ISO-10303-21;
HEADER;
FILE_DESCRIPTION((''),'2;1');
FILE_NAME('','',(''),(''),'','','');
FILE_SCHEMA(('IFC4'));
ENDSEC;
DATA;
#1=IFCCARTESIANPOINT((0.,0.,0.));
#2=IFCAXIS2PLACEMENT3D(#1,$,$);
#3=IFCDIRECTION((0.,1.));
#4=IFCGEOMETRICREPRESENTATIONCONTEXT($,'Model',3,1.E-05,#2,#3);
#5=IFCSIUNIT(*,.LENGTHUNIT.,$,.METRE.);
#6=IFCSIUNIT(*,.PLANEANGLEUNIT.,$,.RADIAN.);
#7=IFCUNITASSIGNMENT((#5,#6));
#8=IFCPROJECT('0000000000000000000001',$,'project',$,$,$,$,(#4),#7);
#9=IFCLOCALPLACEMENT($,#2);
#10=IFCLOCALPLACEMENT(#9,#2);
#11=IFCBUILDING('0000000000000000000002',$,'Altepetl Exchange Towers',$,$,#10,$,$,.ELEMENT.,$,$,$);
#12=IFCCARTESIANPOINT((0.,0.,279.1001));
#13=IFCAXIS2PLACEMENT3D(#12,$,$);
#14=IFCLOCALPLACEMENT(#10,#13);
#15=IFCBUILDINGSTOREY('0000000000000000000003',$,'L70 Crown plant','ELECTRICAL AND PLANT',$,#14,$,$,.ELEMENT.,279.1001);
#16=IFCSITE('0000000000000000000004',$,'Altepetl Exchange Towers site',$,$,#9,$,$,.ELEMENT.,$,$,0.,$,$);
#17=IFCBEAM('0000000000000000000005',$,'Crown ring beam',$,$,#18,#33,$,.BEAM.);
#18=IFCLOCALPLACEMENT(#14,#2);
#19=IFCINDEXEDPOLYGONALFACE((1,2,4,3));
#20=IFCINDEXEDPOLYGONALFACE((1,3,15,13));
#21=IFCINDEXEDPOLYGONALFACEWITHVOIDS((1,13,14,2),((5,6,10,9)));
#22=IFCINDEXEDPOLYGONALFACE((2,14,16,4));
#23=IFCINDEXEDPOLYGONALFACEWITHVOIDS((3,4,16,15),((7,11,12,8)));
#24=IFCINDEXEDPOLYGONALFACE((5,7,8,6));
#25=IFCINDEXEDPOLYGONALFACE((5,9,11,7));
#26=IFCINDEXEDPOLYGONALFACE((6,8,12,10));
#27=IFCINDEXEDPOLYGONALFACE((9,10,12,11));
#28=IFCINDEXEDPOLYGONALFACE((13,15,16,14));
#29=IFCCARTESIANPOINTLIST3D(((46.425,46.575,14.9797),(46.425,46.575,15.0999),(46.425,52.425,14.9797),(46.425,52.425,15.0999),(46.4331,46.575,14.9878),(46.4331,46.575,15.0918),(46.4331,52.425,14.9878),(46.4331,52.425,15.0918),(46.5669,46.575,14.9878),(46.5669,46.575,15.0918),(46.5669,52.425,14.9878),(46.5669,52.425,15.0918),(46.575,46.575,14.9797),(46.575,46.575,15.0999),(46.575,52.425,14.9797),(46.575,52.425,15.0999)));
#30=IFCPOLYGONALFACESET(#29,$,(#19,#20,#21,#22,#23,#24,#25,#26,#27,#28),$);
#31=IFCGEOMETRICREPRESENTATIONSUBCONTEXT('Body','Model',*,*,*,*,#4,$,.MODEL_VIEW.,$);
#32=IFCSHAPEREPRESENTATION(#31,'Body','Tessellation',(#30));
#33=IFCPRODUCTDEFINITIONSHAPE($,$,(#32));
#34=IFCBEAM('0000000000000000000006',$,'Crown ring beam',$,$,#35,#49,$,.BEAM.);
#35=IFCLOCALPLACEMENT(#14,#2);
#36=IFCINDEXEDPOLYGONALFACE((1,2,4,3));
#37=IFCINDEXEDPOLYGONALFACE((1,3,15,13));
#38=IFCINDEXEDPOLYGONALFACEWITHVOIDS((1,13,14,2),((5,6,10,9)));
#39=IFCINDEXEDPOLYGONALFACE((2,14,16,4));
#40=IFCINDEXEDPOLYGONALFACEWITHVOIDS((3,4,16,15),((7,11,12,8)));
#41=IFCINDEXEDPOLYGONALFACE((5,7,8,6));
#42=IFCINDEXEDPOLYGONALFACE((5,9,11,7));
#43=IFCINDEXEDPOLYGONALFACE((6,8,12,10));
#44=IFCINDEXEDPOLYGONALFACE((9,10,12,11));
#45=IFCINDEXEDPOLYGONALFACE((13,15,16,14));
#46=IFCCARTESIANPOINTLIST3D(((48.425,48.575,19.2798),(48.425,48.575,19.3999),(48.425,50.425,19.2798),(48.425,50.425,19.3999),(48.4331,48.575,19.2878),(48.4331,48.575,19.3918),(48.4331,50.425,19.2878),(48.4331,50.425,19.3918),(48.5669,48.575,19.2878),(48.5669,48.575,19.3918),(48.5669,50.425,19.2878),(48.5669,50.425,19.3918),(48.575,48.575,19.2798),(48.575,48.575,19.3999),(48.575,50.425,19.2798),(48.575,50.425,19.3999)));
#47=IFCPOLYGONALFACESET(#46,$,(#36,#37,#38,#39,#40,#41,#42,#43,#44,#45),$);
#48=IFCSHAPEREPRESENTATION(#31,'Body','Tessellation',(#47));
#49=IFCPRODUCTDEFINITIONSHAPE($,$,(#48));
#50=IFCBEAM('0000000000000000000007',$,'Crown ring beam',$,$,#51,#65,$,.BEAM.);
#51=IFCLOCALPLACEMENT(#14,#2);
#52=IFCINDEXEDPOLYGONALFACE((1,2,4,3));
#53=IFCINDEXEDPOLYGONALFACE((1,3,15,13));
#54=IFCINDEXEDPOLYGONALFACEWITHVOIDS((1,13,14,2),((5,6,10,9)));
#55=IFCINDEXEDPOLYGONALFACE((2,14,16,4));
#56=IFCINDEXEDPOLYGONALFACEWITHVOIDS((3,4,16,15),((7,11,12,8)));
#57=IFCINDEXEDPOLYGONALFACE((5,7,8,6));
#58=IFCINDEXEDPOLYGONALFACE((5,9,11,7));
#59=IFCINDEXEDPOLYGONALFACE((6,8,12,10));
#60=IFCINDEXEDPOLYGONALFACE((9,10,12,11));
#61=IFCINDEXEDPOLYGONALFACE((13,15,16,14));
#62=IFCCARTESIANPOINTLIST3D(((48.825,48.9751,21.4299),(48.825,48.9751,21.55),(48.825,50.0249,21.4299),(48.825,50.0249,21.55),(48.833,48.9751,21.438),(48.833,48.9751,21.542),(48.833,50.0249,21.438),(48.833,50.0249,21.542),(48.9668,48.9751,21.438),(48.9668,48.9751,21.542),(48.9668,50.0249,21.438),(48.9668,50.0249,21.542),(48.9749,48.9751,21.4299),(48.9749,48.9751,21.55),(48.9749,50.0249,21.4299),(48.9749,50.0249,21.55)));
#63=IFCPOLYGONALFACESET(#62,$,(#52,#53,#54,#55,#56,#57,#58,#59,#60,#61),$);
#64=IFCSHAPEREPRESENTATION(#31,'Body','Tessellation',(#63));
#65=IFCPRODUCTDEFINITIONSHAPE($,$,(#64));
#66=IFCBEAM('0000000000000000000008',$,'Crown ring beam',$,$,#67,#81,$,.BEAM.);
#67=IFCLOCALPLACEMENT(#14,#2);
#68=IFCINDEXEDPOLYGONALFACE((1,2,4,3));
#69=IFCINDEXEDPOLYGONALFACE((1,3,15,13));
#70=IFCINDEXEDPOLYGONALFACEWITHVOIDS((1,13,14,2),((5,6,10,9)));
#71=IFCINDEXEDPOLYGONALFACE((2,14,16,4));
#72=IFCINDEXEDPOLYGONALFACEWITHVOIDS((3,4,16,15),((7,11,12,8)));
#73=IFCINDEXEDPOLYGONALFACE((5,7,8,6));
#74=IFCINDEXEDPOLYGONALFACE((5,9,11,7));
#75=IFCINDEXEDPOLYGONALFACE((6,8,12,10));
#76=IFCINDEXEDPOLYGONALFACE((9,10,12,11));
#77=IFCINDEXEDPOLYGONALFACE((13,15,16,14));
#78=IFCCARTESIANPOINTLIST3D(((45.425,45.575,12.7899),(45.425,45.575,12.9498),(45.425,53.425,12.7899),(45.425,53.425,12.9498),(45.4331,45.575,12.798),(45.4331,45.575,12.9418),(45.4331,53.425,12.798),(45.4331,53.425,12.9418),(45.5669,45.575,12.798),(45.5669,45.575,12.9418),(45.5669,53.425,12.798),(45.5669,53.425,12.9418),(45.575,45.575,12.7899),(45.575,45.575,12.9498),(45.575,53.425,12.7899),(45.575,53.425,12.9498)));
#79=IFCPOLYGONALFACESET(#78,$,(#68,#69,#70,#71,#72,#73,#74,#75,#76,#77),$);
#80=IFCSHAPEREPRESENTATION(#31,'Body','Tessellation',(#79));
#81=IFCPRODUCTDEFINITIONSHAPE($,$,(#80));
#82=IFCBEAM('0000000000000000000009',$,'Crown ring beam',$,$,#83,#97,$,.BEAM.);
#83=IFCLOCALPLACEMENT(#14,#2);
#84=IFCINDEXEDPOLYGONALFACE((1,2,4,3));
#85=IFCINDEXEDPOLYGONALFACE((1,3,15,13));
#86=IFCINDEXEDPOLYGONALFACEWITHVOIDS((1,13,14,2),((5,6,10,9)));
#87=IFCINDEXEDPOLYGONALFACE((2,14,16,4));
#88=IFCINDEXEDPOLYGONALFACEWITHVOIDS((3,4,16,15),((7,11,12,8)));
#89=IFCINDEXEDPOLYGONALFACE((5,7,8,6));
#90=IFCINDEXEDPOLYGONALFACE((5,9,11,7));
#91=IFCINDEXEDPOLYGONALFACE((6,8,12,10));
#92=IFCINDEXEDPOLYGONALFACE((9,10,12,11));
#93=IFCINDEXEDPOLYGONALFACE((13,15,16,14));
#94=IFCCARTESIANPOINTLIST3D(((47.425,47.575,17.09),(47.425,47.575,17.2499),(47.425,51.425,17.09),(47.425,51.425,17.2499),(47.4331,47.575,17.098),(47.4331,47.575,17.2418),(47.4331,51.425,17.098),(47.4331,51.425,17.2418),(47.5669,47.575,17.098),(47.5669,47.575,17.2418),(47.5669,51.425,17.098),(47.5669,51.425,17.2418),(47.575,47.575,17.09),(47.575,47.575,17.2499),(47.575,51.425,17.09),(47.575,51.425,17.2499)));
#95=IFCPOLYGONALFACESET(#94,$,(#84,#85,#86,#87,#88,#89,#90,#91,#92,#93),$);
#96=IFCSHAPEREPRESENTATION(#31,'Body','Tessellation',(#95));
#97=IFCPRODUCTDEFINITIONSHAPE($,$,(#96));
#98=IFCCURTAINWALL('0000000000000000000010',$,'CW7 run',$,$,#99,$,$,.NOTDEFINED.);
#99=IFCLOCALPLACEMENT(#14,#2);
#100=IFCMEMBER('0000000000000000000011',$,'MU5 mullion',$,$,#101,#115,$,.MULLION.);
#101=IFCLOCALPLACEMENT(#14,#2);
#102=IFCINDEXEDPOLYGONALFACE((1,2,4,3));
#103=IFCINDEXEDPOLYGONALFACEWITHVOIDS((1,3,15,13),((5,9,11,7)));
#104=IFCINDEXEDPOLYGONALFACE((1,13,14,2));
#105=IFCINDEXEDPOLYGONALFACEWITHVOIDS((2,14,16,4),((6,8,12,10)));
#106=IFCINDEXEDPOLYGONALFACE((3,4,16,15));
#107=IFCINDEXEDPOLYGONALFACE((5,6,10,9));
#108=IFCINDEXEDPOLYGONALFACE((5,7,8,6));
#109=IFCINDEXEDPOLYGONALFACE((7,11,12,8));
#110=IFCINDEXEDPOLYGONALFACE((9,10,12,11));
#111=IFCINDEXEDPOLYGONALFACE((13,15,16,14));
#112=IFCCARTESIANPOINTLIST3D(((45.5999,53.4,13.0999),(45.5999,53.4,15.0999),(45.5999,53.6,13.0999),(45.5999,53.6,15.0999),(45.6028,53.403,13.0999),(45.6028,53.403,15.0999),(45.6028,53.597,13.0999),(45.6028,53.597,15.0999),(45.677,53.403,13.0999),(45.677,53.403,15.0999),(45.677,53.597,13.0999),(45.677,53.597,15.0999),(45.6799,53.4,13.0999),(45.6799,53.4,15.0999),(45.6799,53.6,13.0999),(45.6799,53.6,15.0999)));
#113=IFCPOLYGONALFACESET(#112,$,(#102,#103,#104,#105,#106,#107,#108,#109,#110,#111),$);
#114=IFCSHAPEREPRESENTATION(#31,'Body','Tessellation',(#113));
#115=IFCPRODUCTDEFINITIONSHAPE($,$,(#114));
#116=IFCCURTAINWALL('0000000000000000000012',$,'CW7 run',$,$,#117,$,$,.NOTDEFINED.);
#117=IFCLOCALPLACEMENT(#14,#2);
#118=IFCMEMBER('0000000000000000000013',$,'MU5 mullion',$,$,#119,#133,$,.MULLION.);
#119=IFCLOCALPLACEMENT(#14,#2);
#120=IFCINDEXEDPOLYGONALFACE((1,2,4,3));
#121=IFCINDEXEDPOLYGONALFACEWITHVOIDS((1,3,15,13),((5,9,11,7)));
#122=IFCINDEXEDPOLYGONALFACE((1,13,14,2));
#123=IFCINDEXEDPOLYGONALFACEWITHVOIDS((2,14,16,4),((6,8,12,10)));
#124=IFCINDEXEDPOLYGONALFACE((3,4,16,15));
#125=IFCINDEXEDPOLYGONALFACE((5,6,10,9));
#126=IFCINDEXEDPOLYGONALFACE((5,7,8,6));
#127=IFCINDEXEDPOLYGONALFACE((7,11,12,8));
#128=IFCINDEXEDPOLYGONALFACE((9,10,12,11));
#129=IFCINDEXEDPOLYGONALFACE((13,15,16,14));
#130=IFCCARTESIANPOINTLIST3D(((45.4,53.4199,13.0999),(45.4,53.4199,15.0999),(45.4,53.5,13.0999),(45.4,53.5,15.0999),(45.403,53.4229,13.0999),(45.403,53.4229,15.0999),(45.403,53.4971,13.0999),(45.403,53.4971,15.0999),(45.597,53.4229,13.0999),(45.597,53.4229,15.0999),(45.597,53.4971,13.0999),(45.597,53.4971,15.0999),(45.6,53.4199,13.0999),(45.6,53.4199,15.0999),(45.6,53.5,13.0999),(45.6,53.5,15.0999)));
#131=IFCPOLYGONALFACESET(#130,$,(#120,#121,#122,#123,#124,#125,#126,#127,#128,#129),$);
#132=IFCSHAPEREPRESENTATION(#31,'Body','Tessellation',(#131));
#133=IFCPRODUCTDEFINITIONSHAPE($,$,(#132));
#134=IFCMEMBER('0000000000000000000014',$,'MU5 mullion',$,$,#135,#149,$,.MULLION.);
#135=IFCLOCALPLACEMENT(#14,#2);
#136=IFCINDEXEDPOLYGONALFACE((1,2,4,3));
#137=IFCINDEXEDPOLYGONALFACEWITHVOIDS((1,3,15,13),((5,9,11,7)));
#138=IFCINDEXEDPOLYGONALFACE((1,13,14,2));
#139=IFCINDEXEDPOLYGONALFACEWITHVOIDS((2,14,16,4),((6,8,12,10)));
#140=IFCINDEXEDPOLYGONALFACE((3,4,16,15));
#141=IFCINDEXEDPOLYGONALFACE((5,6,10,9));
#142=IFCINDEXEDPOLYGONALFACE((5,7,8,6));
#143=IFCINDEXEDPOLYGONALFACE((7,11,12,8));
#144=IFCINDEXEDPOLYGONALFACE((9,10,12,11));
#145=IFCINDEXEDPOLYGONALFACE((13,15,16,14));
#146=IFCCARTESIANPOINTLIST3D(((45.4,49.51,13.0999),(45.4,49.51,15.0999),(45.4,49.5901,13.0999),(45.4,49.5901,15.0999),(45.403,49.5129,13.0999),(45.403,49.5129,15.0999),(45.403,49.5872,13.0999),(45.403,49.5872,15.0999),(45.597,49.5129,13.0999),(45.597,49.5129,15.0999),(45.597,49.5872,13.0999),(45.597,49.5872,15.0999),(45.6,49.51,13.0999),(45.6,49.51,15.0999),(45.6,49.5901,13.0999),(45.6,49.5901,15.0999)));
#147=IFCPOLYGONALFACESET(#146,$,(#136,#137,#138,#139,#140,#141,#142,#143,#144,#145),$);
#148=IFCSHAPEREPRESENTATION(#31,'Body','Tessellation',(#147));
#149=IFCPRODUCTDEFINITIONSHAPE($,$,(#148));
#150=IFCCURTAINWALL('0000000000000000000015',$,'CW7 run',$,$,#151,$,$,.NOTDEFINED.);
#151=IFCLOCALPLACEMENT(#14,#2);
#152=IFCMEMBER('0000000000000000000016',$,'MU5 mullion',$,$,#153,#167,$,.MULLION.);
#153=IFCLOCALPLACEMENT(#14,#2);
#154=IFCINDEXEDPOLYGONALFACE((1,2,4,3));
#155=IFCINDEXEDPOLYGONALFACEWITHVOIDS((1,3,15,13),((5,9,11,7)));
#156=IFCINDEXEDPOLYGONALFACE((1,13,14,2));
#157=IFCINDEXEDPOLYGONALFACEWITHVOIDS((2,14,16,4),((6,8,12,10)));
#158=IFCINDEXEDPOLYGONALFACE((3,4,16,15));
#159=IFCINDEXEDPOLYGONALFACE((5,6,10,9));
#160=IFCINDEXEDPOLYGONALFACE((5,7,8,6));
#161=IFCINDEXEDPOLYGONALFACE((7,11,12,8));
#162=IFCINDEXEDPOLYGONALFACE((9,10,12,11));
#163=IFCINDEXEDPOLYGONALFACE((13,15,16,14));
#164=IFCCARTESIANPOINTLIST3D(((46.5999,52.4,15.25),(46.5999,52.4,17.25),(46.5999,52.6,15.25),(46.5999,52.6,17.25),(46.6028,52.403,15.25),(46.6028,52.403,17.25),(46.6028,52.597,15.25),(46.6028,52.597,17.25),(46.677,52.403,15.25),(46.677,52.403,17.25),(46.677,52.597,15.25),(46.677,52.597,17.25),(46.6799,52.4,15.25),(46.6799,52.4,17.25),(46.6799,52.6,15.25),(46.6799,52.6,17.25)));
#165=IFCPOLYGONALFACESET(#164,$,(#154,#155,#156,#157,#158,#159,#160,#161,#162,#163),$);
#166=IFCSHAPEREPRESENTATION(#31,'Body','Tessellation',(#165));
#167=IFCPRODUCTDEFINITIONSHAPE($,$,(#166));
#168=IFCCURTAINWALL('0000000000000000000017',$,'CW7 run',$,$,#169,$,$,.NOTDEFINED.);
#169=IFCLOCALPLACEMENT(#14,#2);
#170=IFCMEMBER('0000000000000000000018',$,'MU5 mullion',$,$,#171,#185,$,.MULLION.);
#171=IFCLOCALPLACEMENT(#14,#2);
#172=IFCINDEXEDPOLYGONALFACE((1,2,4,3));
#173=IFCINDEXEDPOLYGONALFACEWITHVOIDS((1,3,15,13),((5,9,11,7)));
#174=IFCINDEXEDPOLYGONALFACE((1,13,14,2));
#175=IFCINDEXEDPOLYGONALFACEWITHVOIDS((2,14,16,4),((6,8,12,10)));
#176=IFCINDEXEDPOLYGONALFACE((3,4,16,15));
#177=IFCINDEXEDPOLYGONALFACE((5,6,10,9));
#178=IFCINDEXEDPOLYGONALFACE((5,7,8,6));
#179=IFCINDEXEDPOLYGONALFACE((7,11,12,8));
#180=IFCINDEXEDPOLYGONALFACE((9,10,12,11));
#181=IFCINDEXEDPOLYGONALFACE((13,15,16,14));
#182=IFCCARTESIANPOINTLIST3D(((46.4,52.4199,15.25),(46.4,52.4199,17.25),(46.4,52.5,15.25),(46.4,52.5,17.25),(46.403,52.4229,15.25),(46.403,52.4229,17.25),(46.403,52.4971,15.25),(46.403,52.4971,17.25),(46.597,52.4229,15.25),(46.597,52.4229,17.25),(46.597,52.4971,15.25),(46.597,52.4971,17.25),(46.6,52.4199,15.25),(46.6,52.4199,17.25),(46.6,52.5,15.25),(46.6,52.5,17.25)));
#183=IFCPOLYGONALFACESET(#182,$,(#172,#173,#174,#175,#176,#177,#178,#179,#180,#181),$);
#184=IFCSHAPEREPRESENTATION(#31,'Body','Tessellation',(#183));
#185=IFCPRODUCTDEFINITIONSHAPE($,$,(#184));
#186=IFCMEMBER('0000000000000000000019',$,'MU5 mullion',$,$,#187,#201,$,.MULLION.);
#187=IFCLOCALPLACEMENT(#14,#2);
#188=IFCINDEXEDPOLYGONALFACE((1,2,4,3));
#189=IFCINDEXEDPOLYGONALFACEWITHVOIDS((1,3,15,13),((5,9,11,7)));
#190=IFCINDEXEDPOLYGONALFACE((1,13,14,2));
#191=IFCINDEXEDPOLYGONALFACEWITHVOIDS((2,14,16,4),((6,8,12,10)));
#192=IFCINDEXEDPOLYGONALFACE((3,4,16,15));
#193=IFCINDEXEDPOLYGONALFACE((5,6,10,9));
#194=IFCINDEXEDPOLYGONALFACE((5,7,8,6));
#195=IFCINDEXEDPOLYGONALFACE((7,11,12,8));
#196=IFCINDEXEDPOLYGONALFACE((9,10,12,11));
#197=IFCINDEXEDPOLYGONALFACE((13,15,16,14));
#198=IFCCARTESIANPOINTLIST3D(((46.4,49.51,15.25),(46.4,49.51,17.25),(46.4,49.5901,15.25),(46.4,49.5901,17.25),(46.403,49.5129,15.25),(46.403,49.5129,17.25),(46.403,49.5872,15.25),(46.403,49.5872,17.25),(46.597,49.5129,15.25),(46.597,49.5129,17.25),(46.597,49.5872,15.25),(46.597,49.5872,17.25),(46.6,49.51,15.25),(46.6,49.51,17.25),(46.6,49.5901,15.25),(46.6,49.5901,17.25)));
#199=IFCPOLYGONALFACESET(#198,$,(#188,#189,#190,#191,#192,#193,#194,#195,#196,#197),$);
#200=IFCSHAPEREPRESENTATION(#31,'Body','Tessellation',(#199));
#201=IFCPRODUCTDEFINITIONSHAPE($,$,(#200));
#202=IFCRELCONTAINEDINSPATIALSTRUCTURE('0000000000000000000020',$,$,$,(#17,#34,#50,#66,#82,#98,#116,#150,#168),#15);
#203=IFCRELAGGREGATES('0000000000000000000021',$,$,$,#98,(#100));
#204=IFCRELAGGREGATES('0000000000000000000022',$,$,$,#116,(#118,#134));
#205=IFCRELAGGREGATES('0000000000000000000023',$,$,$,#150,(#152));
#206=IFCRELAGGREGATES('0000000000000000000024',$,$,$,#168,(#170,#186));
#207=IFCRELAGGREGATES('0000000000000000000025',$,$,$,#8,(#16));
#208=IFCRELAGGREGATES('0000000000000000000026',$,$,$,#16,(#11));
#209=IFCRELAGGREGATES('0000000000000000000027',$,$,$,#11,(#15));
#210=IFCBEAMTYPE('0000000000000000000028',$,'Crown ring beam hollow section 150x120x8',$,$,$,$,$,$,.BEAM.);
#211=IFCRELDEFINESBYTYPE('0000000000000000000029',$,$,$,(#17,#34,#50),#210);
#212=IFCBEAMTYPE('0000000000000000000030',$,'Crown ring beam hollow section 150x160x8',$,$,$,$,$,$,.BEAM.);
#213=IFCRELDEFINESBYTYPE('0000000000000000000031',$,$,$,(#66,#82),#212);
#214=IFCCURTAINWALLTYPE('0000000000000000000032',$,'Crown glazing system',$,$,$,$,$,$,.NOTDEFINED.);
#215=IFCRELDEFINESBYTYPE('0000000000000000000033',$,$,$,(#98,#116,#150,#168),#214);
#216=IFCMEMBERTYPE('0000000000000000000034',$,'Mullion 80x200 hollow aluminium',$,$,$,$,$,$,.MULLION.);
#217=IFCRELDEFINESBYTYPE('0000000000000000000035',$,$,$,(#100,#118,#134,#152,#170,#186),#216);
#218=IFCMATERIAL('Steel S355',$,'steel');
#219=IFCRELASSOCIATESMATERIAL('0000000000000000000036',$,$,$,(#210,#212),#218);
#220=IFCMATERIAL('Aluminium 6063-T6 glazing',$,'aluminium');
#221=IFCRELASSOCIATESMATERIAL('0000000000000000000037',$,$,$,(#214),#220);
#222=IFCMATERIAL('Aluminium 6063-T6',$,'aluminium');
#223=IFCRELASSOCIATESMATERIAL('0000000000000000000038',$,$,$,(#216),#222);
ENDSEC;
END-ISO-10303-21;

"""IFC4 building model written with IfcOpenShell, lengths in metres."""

from ifc_helpers import new_model, si_unit, direction, frame, origin, origin_2d, place, context, subcontext, project, spatial, hollow_rectangle, extrude, material, material_profile, profile_set, type_object, element, aggregate, save


model = new_model("IFC4")

# Units and contexts
model_context = context("Model", 3, precision=1e-05, world=origin(), true_north=direction((0.0, 1.0)))
body_context = subcontext(model_context, "Body", "Model", "MODEL_VIEW")
ifc_project = project(units=[si_unit("LENGTHUNIT", "METRE"), si_unit("PLANEANGLEUNIT", "RADIAN")], contexts=[model_context])

# Site, building, storey
site_placement = place(None, origin())
site = spatial("IfcSite", under=ifc_project, at=site_placement, Name="Altepetl Exchange Towers site", CompositionType="ELEMENT", RefElevation=0.0)
building_placement = place(site_placement, origin())
building = spatial("IfcBuilding", under=site, at=building_placement, Name="Altepetl Exchange Towers", CompositionType="ELEMENT")
storey_placement = place(building_placement, frame((0.0, 0.0, 279.1001)))
storey = spatial("IfcBuildingStorey", under=building, at=storey_placement, Name="L70 Crown plant", Description="ELECTRICAL AND PLANT", CompositionType="ELEMENT", Elevation=279.1001)

# Beams
ifc_material_1 = material(Name="Steel S355", Category="steel")
ifc_material_profile_1 = material_profile(ifc_material_1, hollow_rectangle(XDim=0.1499, YDim=0.1201, WallThickness=0.0081, at=origin_2d()), Name="RHS 120x150x8")
ifc_profile_set_1 = profile_set([ifc_material_profile_1], Name="Steel S355")
beam_type_1 = type_object("IfcBeamType", Name="Crown ring beam hollow section 150x120x8", PredefinedType="BEAM", material=ifc_profile_set_1)
beam_1_placement = place(storey_placement, frame((46.5, 52.425, 15.0398), z_axis=(0.0, -1.0, 0.0), x_axis=(1.0, 0.0, 0.0)))
element("IfcBeam", 1, at=beam_1_placement, inside=storey, type_object=beam_type_1, Name="Crown ring beam", PredefinedType="BEAM", context=body_context, shape_type="SweptSolid", body=[
    extrude(hollow_rectangle(XDim=0.1499, YDim=0.1201, WallThickness=0.0081, at=origin_2d()), origin(), (0.0, 0.0, 1.0), 5.8501),
])
beam_2_placement = place(storey_placement, frame((48.5, 50.425, 19.3398), z_axis=(0.0, -1.0, 0.0), x_axis=(1.0, 0.0, 0.0)))
element("IfcBeam", 2, at=beam_2_placement, inside=storey, type_object=beam_type_1, Name="Crown ring beam", PredefinedType="BEAM", context=body_context, shape_type="SweptSolid", body=[
    extrude(hollow_rectangle(XDim=0.1499, YDim=0.1201, WallThickness=0.0081, at=origin_2d()), origin(), (0.0, 0.0, 1.0), 1.8501),
])
beam_3_placement = place(storey_placement, frame((48.8999, 50.0249, 21.49), z_axis=(0.0, -1.0, 0.0), x_axis=(1.0, 0.0, 0.0)))
element("IfcBeam", 3, at=beam_3_placement, inside=storey, type_object=beam_type_1, Name="Crown ring beam", PredefinedType="BEAM", context=body_context, shape_type="SweptSolid", body=[
    extrude(hollow_rectangle(XDim=0.1499, YDim=0.1201, WallThickness=0.0081, at=origin_2d()), origin(), (0.0, 0.0, 1.0), 1.0498),
])
ifc_material_profile_2 = material_profile(ifc_material_1, hollow_rectangle(XDim=0.1499, YDim=0.1599, WallThickness=0.0081, at=origin_2d()), Name="RHS 160x150x8")
ifc_profile_set_2 = profile_set([ifc_material_profile_2], Name="Steel S355")
beam_type_2 = type_object("IfcBeamType", Name="Crown ring beam hollow section 150x160x8", PredefinedType="BEAM", material=ifc_profile_set_2)
beam_4_placement = place(storey_placement, frame((45.5, 53.425, 12.8699), z_axis=(0.0, -1.0, 0.0), x_axis=(1.0, 0.0, 0.0)))
element("IfcBeam", 4, at=beam_4_placement, inside=storey, type_object=beam_type_2, Name="Crown ring beam", PredefinedType="BEAM", context=body_context, shape_type="SweptSolid", body=[
    extrude(hollow_rectangle(XDim=0.1499, YDim=0.1599, WallThickness=0.0081, at=origin_2d()), origin(), (0.0, 0.0, 1.0), 7.8501),
])
beam_5_placement = place(storey_placement, frame((47.5, 51.425, 17.1699), z_axis=(0.0, -1.0, 0.0), x_axis=(1.0, 0.0, 0.0)))
element("IfcBeam", 5, at=beam_5_placement, inside=storey, type_object=beam_type_2, Name="Crown ring beam", PredefinedType="BEAM", context=body_context, shape_type="SweptSolid", body=[
    extrude(hollow_rectangle(XDim=0.1499, YDim=0.1599, WallThickness=0.0081, at=origin_2d()), origin(), (0.0, 0.0, 1.0), 3.8501),
])

# Curtain wall, member
ifc_material_2 = material(Name="Aluminium 6063-T6 glazing", Category="aluminium")
curtain_wall_type = type_object("IfcCurtainWallType", Name="Crown glazing system", PredefinedType="NOTDEFINED", material=ifc_material_2)
curtain_wall_1_placement = place(storey_placement, origin())
curtain_wall_1 = element("IfcCurtainWall", 6, at=curtain_wall_1_placement, inside=storey, type_object=curtain_wall_type, Name="CW7 run", PredefinedType="NOTDEFINED")
ifc_material_3 = material(Name="Aluminium 6063-T6", Category="aluminium")
ifc_material_profile_3 = material_profile(ifc_material_3, hollow_rectangle(XDim=0.0801, YDim=0.2, WallThickness=0.0029, at=origin_2d()), Name="Mullion 80x200 hollow aluminium")
ifc_profile_set_3 = profile_set([ifc_material_profile_3], Name="Aluminium 6063-T6")
member_type = type_object("IfcMemberType", Name="Mullion 80x200 hollow aluminium", PredefinedType="MULLION", material=ifc_profile_set_3)
member_1_placement = place(storey_placement, frame((45.6399, 53.5, 13.0999), z_axis=(0.0, 0.0, 1.0), x_axis=(-1.0, 0.0, 0.0)))
member_1 = element("IfcMember", 7, at=member_1_placement, type_object=member_type, Name="MU5 mullion", PredefinedType="MULLION", context=body_context, shape_type="SweptSolid", body=[
    extrude(hollow_rectangle(XDim=0.0801, YDim=0.2, WallThickness=0.0029, at=origin_2d()), origin(), (0.0, 0.0, 1.0), 2.0),
])

# Curtain wall, members
curtain_wall_2_placement = place(storey_placement, origin())
curtain_wall_2 = element("IfcCurtainWall", 8, at=curtain_wall_2_placement, inside=storey, type_object=curtain_wall_type, Name="CW7 run", PredefinedType="NOTDEFINED")
member_2_placement = place(storey_placement, frame((45.5, 53.46, 13.0999), z_axis=(0.0, 0.0, 1.0), x_axis=(0.0, -1.0, 0.0)))
member_2 = element("IfcMember", 9, at=member_2_placement, type_object=member_type, Name="MU5 mullion", PredefinedType="MULLION", context=body_context, shape_type="SweptSolid", body=[
    extrude(hollow_rectangle(XDim=0.0801, YDim=0.2, WallThickness=0.0029, at=origin_2d()), origin(), (0.0, 0.0, 1.0), 2.0),
])
member_3_placement = place(storey_placement, frame((45.5, 49.55, 13.0999), z_axis=(0.0, 0.0, 1.0), x_axis=(0.0, -1.0, 0.0)))
member_3 = element("IfcMember", 10, at=member_3_placement, type_object=member_type, Name="MU5 mullion", PredefinedType="MULLION", context=body_context, shape_type="SweptSolid", body=[
    extrude(hollow_rectangle(XDim=0.0801, YDim=0.2, WallThickness=0.0029, at=origin_2d()), origin(), (0.0, 0.0, 1.0), 2.0),
])

# Curtain wall, member
curtain_wall_3_placement = place(storey_placement, origin())
curtain_wall_3 = element("IfcCurtainWall", 11, at=curtain_wall_3_placement, inside=storey, type_object=curtain_wall_type, Name="CW7 run", PredefinedType="NOTDEFINED")
member_4_placement = place(storey_placement, frame((46.6399, 52.5, 15.25), z_axis=(0.0, 0.0, 1.0), x_axis=(-1.0, 0.0, 0.0)))
member_4 = element("IfcMember", 12, at=member_4_placement, type_object=member_type, Name="MU5 mullion", PredefinedType="MULLION", context=body_context, shape_type="SweptSolid", body=[
    extrude(hollow_rectangle(XDim=0.0801, YDim=0.2, WallThickness=0.0029, at=origin_2d()), origin(), (0.0, 0.0, 1.0), 2.0),
])

# Curtain wall, members
curtain_wall_4_placement = place(storey_placement, origin())
curtain_wall_4 = element("IfcCurtainWall", 13, at=curtain_wall_4_placement, inside=storey, type_object=curtain_wall_type, Name="CW7 run", PredefinedType="NOTDEFINED")
member_5_placement = place(storey_placement, frame((46.5, 52.46, 15.25), z_axis=(0.0, 0.0, 1.0), x_axis=(0.0, -1.0, 0.0)))
member_5 = element("IfcMember", 14, at=member_5_placement, type_object=member_type, Name="MU5 mullion", PredefinedType="MULLION", context=body_context, shape_type="SweptSolid", body=[
    extrude(hollow_rectangle(XDim=0.0801, YDim=0.2, WallThickness=0.0029, at=origin_2d()), origin(), (0.0, 0.0, 1.0), 2.0),
])
member_6_placement = place(storey_placement, frame((46.5, 49.55, 15.25), z_axis=(0.0, 0.0, 1.0), x_axis=(0.0, -1.0, 0.0)))
member_6 = element("IfcMember", 15, at=member_6_placement, type_object=member_type, Name="MU5 mullion", PredefinedType="MULLION", context=body_context, shape_type="SweptSolid", body=[
    extrude(hollow_rectangle(XDim=0.0801, YDim=0.2, WallThickness=0.0029, at=origin_2d()), origin(), (0.0, 0.0, 1.0), 2.0),
])

aggregate(curtain_wall_1, [member_1])
aggregate(curtain_wall_2, [member_2, member_3])
aggregate(curtain_wall_3, [member_4])
aggregate(curtain_wall_4, [member_5, member_6])

save(model, "model.ifc")
